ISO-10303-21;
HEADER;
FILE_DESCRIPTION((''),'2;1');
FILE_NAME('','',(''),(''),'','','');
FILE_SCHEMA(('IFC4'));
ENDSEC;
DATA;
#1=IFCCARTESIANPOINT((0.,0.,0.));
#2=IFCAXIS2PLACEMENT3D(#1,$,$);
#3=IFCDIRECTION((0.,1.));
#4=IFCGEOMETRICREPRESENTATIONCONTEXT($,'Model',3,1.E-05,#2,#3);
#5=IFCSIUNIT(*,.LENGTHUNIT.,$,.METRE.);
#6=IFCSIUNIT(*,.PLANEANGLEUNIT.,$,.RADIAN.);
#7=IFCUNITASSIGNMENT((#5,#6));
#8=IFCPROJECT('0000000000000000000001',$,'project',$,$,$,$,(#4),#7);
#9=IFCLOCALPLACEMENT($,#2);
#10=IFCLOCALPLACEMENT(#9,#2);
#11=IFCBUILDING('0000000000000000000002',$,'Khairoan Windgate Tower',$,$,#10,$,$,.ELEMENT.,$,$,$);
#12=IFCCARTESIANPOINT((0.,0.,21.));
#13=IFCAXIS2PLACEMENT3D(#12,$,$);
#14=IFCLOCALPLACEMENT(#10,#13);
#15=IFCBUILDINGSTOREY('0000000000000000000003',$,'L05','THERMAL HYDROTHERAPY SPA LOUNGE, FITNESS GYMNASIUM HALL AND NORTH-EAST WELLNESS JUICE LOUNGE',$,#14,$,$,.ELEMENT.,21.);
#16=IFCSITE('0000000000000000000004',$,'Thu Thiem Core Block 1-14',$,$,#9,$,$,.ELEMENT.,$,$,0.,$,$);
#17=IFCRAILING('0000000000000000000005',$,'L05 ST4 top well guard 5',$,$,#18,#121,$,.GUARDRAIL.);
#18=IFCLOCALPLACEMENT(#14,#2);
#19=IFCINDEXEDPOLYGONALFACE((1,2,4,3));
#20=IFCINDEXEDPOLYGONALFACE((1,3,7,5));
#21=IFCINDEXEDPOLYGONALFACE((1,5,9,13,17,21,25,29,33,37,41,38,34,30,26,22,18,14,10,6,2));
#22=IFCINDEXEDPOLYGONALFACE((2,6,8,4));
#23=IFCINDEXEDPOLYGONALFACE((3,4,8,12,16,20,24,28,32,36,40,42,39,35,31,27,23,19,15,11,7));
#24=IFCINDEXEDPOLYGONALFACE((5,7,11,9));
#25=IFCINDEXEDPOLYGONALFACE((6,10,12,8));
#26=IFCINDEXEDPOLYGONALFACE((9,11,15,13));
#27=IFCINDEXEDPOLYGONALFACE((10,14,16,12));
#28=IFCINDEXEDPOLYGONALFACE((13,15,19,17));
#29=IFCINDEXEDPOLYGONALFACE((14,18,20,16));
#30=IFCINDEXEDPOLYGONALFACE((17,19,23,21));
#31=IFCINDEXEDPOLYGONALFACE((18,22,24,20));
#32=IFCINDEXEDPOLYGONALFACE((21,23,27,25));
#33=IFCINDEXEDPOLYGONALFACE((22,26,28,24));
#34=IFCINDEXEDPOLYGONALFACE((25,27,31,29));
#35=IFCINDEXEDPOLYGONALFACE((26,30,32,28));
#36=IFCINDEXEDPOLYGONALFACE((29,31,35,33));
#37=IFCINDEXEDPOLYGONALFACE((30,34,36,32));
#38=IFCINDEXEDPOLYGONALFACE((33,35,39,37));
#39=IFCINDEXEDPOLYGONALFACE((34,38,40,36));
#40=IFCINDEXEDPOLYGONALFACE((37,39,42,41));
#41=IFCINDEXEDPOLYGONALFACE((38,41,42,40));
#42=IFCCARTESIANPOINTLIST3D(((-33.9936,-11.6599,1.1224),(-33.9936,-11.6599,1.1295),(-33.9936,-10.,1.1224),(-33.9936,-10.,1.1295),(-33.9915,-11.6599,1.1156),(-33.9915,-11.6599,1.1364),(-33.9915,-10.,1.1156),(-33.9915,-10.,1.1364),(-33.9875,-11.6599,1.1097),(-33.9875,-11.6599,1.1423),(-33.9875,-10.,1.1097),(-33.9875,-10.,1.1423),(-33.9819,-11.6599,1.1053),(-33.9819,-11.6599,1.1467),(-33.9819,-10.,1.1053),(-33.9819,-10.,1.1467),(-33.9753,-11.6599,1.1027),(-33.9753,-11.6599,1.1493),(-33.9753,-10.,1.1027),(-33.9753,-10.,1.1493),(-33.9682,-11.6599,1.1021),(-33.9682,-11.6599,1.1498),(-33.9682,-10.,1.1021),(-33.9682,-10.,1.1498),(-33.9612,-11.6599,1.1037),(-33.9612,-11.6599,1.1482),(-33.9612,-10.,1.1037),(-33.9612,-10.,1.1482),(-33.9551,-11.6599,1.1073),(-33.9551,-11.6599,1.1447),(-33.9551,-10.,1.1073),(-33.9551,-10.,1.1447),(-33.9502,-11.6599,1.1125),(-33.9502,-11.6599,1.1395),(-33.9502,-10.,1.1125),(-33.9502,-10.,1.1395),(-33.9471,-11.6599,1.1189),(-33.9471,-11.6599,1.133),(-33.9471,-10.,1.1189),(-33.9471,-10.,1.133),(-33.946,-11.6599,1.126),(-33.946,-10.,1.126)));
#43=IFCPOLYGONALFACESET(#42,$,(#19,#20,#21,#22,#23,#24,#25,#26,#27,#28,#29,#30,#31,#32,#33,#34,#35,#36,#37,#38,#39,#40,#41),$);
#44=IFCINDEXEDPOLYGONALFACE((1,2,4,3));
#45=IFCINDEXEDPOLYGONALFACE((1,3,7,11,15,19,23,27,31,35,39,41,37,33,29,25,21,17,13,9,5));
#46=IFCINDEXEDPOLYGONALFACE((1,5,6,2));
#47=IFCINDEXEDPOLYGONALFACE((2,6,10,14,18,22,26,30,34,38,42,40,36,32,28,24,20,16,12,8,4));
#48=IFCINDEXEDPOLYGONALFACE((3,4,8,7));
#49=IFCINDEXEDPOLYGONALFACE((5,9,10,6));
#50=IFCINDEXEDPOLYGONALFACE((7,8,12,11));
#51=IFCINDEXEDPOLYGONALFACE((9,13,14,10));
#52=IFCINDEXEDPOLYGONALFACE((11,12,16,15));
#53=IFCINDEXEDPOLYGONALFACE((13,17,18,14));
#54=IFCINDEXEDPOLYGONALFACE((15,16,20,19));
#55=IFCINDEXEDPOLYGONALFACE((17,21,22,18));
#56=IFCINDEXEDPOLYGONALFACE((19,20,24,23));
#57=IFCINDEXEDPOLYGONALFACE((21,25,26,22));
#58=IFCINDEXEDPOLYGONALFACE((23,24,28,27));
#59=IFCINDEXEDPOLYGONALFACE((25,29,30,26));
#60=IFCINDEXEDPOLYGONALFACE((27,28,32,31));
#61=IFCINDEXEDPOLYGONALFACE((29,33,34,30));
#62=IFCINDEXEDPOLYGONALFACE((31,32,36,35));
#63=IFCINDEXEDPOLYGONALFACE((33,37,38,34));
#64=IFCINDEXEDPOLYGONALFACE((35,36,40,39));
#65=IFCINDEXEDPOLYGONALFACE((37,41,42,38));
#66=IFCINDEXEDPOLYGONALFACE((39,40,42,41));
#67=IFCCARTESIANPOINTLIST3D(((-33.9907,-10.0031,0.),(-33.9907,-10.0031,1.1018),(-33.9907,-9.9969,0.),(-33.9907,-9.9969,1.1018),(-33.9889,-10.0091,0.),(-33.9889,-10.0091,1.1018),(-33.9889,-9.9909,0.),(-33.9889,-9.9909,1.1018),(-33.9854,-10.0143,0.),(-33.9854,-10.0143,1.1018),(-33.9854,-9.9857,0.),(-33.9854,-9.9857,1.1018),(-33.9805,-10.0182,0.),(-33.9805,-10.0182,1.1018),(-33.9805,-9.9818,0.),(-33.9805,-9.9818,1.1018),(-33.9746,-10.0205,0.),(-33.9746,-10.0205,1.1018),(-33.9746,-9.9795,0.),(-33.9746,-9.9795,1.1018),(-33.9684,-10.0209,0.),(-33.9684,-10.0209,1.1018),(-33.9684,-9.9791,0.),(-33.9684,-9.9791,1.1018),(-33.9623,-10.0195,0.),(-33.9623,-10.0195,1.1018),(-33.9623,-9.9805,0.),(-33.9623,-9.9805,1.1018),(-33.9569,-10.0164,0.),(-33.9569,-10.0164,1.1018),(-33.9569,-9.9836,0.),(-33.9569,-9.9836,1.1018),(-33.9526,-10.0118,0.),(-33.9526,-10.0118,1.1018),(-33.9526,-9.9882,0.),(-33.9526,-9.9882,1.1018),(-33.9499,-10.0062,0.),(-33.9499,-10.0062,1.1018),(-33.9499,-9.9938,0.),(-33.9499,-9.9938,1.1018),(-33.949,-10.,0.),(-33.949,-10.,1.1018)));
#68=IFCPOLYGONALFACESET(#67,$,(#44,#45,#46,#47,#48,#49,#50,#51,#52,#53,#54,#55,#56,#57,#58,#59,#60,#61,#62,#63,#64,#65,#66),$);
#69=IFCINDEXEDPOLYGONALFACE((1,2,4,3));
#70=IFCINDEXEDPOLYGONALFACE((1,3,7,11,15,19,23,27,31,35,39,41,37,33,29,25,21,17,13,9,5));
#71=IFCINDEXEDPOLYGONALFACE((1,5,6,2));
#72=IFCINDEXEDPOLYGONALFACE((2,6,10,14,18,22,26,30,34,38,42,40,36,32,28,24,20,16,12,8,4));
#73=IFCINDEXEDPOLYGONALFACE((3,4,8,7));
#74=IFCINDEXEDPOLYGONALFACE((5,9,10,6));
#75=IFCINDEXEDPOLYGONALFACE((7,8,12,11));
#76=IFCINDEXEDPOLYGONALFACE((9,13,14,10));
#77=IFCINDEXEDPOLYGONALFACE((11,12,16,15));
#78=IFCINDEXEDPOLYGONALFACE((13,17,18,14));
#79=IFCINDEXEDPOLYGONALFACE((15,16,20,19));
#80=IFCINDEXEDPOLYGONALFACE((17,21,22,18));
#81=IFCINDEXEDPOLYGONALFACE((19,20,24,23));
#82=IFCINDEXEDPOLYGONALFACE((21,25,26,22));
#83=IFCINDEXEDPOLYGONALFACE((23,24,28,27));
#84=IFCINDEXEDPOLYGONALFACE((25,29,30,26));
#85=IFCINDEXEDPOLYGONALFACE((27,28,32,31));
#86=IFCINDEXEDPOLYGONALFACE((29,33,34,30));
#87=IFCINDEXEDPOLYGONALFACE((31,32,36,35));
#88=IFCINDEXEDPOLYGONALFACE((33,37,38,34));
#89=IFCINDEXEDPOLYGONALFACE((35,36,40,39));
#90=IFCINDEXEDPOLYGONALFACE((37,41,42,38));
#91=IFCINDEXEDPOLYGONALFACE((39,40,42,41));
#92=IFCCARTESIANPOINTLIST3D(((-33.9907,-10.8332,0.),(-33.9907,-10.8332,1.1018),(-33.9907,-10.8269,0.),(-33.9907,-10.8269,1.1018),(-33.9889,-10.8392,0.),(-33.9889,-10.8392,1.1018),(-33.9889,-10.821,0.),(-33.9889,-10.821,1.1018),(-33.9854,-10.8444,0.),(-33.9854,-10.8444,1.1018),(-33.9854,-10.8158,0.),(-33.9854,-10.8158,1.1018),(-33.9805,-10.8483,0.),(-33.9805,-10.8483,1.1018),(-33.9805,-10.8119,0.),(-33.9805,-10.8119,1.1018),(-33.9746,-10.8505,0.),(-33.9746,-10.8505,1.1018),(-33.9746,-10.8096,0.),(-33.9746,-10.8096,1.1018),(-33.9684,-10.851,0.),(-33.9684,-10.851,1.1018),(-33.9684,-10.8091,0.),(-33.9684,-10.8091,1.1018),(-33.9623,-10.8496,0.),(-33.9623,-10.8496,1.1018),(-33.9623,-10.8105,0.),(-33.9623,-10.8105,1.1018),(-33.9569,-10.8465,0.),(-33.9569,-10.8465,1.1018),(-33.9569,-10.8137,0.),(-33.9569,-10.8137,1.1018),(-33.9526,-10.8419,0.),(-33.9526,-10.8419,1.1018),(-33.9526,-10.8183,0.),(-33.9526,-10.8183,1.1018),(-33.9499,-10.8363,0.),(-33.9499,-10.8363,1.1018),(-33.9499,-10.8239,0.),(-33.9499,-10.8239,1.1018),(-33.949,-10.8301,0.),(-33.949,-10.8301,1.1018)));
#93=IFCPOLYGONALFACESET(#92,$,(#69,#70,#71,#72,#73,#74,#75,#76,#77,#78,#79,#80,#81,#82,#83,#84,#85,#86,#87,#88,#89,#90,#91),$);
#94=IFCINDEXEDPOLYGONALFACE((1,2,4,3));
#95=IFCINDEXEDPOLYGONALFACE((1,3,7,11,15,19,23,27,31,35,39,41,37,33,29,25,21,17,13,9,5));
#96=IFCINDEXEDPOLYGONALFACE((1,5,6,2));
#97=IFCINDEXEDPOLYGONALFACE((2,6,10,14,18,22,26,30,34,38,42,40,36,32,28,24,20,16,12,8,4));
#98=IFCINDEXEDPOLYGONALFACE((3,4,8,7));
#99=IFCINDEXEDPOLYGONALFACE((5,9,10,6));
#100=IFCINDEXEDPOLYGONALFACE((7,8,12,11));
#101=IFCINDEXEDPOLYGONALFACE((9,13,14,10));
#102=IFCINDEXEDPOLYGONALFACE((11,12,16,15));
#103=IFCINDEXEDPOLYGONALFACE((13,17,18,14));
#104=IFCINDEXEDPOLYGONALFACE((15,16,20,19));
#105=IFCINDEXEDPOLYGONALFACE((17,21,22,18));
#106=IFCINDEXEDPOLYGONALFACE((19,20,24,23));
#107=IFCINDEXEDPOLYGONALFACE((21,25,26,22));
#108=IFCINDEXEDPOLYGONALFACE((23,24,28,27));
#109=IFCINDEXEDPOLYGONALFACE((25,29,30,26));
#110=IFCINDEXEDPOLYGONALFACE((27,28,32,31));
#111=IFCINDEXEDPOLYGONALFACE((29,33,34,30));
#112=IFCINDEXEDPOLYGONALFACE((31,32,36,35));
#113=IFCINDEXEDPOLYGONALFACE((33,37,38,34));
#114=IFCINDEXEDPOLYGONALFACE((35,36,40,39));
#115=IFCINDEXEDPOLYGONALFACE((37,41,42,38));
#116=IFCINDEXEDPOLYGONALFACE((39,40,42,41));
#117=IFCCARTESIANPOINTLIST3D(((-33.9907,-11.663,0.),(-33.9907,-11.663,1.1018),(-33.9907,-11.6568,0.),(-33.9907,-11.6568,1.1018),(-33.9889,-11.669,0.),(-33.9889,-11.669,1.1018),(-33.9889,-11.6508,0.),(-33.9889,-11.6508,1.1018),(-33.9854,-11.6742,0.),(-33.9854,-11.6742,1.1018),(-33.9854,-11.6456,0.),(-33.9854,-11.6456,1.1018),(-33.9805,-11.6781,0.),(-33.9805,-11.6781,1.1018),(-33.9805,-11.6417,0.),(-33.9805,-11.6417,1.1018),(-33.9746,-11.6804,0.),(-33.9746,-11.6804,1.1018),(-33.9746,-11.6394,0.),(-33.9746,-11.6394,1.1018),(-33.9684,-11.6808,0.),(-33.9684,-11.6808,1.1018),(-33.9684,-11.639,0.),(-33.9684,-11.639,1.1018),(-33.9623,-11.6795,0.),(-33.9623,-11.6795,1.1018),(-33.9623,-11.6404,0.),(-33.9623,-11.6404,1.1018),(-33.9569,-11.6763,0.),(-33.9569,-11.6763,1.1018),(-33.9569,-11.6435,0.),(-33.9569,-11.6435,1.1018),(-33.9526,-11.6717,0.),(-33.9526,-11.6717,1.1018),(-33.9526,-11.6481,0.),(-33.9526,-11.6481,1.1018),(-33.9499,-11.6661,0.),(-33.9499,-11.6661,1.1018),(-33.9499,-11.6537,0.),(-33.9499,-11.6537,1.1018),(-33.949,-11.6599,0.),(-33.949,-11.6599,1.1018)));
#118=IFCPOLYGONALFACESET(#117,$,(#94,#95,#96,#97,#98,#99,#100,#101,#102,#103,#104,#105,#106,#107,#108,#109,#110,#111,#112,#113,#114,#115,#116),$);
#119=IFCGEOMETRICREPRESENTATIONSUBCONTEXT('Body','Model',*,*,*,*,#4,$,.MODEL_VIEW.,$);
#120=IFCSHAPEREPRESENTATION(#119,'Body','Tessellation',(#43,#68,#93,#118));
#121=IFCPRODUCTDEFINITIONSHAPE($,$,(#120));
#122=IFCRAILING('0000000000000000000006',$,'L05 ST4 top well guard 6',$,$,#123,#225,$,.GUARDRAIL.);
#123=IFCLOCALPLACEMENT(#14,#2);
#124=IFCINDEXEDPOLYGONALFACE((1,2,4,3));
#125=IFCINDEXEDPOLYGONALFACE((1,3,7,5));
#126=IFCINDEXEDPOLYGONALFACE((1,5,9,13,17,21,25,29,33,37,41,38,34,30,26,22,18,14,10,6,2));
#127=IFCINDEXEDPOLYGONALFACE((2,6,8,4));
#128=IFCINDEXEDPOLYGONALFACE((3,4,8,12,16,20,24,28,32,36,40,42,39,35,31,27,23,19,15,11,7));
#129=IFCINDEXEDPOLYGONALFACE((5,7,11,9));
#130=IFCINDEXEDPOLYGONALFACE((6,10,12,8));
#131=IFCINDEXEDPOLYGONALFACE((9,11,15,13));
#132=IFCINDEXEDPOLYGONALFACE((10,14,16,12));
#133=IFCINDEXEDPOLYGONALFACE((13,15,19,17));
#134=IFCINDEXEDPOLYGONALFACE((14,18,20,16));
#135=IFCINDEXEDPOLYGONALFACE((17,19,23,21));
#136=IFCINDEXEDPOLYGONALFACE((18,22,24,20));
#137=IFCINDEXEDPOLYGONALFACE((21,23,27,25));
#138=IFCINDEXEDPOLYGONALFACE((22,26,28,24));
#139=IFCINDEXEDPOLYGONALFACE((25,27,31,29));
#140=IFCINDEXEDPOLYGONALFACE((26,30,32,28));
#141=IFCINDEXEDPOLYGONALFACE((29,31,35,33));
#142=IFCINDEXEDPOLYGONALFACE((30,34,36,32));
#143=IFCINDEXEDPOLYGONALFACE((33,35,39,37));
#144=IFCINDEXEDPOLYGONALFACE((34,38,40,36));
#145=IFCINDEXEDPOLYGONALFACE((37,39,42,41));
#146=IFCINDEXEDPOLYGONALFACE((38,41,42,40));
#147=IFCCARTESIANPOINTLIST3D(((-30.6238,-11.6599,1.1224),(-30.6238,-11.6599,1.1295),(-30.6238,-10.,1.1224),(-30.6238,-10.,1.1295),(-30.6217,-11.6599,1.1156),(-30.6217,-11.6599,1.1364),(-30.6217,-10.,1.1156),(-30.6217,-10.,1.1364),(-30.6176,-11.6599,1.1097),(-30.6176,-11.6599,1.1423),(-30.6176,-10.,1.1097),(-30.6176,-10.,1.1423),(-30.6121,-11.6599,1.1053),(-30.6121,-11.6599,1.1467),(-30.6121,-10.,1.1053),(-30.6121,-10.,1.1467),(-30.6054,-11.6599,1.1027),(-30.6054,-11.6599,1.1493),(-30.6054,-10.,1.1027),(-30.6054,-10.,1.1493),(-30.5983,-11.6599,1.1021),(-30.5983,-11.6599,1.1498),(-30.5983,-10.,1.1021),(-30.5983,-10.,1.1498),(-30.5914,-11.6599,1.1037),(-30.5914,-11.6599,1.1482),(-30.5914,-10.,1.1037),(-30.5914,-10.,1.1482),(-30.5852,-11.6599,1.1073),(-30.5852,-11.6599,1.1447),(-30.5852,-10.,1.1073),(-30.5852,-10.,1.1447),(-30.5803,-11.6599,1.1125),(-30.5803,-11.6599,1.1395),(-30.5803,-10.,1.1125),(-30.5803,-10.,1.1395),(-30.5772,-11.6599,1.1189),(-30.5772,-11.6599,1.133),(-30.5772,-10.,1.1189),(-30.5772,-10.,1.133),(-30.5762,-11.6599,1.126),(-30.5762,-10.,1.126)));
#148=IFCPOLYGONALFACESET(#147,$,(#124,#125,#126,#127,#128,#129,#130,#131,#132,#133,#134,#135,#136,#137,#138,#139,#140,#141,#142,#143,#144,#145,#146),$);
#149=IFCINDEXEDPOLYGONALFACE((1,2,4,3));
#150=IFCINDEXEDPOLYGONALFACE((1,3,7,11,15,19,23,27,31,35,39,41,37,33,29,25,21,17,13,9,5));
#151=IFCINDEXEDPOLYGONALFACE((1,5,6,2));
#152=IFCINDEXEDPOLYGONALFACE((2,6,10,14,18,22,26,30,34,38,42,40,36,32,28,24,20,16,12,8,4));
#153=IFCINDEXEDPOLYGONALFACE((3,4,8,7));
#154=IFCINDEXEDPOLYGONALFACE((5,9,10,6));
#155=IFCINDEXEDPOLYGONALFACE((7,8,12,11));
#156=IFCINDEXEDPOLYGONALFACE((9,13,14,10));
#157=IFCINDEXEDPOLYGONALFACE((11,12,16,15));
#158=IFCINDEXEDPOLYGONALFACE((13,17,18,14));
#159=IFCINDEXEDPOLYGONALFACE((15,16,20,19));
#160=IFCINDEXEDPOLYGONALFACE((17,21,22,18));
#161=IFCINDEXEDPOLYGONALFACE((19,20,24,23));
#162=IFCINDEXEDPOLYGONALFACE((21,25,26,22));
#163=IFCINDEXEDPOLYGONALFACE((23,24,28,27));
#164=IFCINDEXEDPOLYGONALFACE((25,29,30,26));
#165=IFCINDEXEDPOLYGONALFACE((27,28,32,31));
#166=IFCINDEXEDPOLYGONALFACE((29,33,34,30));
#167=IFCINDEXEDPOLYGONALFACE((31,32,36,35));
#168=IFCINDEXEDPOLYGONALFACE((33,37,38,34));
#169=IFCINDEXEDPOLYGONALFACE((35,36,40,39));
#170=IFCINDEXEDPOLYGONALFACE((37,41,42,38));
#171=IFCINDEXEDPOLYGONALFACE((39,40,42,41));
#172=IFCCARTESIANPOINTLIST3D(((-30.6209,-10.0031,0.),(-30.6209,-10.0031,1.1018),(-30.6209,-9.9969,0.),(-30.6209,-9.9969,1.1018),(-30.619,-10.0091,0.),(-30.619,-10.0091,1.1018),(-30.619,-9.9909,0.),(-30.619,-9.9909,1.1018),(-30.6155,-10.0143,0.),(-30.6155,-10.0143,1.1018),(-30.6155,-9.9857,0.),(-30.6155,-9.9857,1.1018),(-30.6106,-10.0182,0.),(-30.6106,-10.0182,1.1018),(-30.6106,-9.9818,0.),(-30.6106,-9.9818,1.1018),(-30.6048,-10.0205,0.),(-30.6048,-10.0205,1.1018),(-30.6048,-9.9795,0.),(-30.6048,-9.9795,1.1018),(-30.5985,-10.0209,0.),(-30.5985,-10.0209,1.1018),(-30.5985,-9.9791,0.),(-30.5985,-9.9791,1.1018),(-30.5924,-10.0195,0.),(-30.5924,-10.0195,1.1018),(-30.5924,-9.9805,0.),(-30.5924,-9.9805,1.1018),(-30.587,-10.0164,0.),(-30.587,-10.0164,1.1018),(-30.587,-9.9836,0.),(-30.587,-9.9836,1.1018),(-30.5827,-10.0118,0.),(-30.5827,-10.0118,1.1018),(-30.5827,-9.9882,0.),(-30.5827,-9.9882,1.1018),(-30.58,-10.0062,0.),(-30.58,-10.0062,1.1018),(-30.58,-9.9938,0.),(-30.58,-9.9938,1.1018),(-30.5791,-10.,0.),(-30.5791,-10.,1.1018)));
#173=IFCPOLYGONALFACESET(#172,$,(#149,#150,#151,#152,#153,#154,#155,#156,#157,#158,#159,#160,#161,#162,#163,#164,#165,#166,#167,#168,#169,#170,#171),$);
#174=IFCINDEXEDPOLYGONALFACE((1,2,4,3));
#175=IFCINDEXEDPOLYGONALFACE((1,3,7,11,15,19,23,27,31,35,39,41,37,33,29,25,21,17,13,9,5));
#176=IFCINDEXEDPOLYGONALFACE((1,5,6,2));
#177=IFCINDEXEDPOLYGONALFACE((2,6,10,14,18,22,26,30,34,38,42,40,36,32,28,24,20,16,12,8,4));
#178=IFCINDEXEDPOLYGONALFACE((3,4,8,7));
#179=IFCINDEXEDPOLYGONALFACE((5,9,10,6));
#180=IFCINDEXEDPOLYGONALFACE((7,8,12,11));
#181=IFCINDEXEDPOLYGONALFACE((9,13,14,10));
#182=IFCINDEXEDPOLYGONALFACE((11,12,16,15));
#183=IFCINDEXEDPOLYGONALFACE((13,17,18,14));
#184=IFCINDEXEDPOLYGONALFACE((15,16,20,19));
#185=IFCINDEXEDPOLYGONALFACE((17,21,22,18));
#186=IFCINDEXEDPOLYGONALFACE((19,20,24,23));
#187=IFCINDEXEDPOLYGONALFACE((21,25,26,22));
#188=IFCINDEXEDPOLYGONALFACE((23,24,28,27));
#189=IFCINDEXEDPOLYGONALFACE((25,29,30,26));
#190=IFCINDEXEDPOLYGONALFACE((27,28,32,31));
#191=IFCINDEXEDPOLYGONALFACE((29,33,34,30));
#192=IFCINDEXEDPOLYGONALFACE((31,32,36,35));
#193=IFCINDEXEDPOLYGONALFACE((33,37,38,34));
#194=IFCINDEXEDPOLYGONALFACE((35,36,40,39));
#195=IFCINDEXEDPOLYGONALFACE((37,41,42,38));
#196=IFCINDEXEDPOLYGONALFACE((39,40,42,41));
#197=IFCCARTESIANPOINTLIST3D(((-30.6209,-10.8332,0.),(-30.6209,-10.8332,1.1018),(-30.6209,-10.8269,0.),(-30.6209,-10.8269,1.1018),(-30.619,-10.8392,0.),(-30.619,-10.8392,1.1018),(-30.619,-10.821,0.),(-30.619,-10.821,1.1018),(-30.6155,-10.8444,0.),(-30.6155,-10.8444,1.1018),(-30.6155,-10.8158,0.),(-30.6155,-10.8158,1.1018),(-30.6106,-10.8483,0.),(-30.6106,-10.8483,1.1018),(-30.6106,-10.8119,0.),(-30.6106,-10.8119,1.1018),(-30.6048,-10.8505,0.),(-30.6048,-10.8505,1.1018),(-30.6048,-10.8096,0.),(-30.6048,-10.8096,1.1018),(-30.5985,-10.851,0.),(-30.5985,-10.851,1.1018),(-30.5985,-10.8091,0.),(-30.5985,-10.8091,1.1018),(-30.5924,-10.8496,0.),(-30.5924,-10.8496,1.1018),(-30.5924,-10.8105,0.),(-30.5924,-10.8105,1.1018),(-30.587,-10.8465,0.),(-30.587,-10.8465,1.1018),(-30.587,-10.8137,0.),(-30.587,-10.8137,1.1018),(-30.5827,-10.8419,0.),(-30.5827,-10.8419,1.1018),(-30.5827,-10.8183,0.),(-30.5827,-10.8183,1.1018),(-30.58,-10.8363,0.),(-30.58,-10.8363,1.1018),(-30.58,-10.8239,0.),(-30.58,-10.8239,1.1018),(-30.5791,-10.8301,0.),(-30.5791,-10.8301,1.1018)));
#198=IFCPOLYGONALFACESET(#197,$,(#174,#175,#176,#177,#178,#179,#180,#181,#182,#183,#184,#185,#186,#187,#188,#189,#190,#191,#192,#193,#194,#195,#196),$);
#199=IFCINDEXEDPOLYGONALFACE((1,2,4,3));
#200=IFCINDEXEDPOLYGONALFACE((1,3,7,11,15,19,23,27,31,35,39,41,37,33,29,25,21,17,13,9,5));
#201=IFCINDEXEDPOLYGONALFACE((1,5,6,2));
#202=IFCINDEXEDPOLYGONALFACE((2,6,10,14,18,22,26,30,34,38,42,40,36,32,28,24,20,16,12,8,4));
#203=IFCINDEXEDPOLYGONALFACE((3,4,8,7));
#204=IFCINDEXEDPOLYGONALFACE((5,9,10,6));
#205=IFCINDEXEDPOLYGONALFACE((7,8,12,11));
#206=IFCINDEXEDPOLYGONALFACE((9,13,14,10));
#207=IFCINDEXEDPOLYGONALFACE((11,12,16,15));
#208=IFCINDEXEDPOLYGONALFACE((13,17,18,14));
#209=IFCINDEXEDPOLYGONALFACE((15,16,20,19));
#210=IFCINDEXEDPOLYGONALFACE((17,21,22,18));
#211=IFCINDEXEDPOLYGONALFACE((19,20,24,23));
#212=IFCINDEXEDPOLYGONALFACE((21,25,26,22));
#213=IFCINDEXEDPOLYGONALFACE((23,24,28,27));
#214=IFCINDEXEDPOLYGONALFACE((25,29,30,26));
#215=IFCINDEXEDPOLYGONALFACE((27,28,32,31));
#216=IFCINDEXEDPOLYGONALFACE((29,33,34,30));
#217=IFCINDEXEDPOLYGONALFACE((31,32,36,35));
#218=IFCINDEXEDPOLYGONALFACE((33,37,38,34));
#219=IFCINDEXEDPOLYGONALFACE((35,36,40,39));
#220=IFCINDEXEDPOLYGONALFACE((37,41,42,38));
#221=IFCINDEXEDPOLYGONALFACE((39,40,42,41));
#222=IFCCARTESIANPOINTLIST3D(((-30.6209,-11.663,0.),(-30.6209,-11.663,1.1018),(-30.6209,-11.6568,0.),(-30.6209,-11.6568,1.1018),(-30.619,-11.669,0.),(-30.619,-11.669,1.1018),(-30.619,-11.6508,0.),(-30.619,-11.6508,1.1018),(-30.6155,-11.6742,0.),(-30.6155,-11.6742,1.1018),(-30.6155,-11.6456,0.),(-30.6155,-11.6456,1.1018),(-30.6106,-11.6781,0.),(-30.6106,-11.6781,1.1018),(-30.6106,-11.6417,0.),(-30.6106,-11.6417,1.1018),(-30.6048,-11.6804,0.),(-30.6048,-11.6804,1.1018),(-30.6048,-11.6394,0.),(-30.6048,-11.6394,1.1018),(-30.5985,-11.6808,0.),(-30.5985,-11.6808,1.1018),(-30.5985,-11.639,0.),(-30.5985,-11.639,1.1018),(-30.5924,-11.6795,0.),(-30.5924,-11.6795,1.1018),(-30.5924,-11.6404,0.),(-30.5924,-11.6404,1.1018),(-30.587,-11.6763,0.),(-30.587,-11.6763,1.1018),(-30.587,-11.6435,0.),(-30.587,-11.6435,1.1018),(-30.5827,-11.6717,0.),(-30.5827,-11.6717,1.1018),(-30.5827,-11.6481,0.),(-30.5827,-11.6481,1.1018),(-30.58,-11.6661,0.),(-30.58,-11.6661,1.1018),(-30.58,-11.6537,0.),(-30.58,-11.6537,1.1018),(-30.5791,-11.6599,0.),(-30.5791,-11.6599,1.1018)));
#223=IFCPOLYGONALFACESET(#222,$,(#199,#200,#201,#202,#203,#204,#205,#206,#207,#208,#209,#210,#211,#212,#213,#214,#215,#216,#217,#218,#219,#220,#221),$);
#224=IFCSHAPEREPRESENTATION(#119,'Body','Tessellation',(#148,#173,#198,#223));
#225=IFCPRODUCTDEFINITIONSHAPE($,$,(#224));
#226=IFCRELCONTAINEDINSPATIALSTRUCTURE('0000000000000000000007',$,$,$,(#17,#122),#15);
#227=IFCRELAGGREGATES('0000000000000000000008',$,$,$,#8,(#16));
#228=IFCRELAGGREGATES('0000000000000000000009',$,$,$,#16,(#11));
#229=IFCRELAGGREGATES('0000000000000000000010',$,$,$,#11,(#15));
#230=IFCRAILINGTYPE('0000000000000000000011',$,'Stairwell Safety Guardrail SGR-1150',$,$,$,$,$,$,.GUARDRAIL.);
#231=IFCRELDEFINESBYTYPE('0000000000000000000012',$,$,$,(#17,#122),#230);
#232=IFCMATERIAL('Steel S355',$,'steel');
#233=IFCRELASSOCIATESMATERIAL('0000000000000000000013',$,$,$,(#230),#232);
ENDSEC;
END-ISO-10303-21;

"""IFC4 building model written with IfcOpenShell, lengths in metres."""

from ifc_helpers import new_model, si_unit, direction, frame, origin, origin_2d, place, context, subcontext, project, spatial, circle, extrude, material, type_object, element, save


model = new_model("IFC4")

# Units and contexts
model_context = context("Model", 3, precision=1e-05, world=origin(), true_north=direction((0.0, 1.0)))
body_context = subcontext(model_context, "Body", "Model", "MODEL_VIEW")
ifc_project = project(units=[si_unit("LENGTHUNIT", "METRE"), si_unit("PLANEANGLEUNIT", "RADIAN")], contexts=[model_context])

# Site, building, storey
site_placement = place(None, origin())
site = spatial("IfcSite", under=ifc_project, at=site_placement, Name="Thu Thiem Core Block 1-14", CompositionType="ELEMENT", RefElevation=0.0)
building_placement = place(site_placement, origin())
building = spatial("IfcBuilding", under=site, at=building_placement, Name="Khairoan Windgate Tower", CompositionType="ELEMENT")
storey_placement = place(building_placement, frame((0.0, 0.0, 21.0)))
storey = spatial("IfcBuildingStorey", under=building, at=storey_placement, Name="L05", Description="THERMAL HYDROTHERAPY SPA LOUNGE, FITNESS GYMNASIUM HALL AND NORTH-EAST WELLNESS JUICE LOUNGE", CompositionType="ELEMENT", Elevation=21.0)

# Railings
ifc_material_1 = material(Name="Steel S355", Category="steel")
railing_type_1 = type_object("IfcRailingType", Name="Stairwell Safety Guardrail SGR-1150", PredefinedType="GUARDRAIL", material=ifc_material_1)
for number, where, name in (
    (1, (-33.97, -10.0, 0.0), "L05 ST4 top well guard 5"),
    (2, (-30.6001, -10.0, 0.0), "L05 ST4 top well guard 6"),
):
    element("IfcRailing", number, at=place(storey_placement, frame(where)), inside=storey, type_object=railing_type_1, Name=name, PredefinedType="GUARDRAIL", context=body_context, shape_type="SweptSolid", body=[
        extrude(circle(Radius=0.0239, at=origin_2d()), frame((0.0, 0.0, 1.126), z_axis=(0.0, -1.0, 0.0), x_axis=(1.0, 0.0, 0.0)), (0.0, 0.0, 1.0), 1.6599),
        extrude(circle(Radius=0.021, at=origin_2d()), origin(), (0.0, 0.0, 1.0), 1.1018),
        extrude(circle(Radius=0.021, at=origin_2d()), frame((0.0, -0.8301, 0.0)), (0.0, 0.0, 1.0), 1.1018),
        extrude(circle(Radius=0.021, at=origin_2d()), frame((0.0, -1.6599, 0.0)), (0.0, 0.0, 1.0), 1.1018),
    ])

save(model, "model.ifc")
